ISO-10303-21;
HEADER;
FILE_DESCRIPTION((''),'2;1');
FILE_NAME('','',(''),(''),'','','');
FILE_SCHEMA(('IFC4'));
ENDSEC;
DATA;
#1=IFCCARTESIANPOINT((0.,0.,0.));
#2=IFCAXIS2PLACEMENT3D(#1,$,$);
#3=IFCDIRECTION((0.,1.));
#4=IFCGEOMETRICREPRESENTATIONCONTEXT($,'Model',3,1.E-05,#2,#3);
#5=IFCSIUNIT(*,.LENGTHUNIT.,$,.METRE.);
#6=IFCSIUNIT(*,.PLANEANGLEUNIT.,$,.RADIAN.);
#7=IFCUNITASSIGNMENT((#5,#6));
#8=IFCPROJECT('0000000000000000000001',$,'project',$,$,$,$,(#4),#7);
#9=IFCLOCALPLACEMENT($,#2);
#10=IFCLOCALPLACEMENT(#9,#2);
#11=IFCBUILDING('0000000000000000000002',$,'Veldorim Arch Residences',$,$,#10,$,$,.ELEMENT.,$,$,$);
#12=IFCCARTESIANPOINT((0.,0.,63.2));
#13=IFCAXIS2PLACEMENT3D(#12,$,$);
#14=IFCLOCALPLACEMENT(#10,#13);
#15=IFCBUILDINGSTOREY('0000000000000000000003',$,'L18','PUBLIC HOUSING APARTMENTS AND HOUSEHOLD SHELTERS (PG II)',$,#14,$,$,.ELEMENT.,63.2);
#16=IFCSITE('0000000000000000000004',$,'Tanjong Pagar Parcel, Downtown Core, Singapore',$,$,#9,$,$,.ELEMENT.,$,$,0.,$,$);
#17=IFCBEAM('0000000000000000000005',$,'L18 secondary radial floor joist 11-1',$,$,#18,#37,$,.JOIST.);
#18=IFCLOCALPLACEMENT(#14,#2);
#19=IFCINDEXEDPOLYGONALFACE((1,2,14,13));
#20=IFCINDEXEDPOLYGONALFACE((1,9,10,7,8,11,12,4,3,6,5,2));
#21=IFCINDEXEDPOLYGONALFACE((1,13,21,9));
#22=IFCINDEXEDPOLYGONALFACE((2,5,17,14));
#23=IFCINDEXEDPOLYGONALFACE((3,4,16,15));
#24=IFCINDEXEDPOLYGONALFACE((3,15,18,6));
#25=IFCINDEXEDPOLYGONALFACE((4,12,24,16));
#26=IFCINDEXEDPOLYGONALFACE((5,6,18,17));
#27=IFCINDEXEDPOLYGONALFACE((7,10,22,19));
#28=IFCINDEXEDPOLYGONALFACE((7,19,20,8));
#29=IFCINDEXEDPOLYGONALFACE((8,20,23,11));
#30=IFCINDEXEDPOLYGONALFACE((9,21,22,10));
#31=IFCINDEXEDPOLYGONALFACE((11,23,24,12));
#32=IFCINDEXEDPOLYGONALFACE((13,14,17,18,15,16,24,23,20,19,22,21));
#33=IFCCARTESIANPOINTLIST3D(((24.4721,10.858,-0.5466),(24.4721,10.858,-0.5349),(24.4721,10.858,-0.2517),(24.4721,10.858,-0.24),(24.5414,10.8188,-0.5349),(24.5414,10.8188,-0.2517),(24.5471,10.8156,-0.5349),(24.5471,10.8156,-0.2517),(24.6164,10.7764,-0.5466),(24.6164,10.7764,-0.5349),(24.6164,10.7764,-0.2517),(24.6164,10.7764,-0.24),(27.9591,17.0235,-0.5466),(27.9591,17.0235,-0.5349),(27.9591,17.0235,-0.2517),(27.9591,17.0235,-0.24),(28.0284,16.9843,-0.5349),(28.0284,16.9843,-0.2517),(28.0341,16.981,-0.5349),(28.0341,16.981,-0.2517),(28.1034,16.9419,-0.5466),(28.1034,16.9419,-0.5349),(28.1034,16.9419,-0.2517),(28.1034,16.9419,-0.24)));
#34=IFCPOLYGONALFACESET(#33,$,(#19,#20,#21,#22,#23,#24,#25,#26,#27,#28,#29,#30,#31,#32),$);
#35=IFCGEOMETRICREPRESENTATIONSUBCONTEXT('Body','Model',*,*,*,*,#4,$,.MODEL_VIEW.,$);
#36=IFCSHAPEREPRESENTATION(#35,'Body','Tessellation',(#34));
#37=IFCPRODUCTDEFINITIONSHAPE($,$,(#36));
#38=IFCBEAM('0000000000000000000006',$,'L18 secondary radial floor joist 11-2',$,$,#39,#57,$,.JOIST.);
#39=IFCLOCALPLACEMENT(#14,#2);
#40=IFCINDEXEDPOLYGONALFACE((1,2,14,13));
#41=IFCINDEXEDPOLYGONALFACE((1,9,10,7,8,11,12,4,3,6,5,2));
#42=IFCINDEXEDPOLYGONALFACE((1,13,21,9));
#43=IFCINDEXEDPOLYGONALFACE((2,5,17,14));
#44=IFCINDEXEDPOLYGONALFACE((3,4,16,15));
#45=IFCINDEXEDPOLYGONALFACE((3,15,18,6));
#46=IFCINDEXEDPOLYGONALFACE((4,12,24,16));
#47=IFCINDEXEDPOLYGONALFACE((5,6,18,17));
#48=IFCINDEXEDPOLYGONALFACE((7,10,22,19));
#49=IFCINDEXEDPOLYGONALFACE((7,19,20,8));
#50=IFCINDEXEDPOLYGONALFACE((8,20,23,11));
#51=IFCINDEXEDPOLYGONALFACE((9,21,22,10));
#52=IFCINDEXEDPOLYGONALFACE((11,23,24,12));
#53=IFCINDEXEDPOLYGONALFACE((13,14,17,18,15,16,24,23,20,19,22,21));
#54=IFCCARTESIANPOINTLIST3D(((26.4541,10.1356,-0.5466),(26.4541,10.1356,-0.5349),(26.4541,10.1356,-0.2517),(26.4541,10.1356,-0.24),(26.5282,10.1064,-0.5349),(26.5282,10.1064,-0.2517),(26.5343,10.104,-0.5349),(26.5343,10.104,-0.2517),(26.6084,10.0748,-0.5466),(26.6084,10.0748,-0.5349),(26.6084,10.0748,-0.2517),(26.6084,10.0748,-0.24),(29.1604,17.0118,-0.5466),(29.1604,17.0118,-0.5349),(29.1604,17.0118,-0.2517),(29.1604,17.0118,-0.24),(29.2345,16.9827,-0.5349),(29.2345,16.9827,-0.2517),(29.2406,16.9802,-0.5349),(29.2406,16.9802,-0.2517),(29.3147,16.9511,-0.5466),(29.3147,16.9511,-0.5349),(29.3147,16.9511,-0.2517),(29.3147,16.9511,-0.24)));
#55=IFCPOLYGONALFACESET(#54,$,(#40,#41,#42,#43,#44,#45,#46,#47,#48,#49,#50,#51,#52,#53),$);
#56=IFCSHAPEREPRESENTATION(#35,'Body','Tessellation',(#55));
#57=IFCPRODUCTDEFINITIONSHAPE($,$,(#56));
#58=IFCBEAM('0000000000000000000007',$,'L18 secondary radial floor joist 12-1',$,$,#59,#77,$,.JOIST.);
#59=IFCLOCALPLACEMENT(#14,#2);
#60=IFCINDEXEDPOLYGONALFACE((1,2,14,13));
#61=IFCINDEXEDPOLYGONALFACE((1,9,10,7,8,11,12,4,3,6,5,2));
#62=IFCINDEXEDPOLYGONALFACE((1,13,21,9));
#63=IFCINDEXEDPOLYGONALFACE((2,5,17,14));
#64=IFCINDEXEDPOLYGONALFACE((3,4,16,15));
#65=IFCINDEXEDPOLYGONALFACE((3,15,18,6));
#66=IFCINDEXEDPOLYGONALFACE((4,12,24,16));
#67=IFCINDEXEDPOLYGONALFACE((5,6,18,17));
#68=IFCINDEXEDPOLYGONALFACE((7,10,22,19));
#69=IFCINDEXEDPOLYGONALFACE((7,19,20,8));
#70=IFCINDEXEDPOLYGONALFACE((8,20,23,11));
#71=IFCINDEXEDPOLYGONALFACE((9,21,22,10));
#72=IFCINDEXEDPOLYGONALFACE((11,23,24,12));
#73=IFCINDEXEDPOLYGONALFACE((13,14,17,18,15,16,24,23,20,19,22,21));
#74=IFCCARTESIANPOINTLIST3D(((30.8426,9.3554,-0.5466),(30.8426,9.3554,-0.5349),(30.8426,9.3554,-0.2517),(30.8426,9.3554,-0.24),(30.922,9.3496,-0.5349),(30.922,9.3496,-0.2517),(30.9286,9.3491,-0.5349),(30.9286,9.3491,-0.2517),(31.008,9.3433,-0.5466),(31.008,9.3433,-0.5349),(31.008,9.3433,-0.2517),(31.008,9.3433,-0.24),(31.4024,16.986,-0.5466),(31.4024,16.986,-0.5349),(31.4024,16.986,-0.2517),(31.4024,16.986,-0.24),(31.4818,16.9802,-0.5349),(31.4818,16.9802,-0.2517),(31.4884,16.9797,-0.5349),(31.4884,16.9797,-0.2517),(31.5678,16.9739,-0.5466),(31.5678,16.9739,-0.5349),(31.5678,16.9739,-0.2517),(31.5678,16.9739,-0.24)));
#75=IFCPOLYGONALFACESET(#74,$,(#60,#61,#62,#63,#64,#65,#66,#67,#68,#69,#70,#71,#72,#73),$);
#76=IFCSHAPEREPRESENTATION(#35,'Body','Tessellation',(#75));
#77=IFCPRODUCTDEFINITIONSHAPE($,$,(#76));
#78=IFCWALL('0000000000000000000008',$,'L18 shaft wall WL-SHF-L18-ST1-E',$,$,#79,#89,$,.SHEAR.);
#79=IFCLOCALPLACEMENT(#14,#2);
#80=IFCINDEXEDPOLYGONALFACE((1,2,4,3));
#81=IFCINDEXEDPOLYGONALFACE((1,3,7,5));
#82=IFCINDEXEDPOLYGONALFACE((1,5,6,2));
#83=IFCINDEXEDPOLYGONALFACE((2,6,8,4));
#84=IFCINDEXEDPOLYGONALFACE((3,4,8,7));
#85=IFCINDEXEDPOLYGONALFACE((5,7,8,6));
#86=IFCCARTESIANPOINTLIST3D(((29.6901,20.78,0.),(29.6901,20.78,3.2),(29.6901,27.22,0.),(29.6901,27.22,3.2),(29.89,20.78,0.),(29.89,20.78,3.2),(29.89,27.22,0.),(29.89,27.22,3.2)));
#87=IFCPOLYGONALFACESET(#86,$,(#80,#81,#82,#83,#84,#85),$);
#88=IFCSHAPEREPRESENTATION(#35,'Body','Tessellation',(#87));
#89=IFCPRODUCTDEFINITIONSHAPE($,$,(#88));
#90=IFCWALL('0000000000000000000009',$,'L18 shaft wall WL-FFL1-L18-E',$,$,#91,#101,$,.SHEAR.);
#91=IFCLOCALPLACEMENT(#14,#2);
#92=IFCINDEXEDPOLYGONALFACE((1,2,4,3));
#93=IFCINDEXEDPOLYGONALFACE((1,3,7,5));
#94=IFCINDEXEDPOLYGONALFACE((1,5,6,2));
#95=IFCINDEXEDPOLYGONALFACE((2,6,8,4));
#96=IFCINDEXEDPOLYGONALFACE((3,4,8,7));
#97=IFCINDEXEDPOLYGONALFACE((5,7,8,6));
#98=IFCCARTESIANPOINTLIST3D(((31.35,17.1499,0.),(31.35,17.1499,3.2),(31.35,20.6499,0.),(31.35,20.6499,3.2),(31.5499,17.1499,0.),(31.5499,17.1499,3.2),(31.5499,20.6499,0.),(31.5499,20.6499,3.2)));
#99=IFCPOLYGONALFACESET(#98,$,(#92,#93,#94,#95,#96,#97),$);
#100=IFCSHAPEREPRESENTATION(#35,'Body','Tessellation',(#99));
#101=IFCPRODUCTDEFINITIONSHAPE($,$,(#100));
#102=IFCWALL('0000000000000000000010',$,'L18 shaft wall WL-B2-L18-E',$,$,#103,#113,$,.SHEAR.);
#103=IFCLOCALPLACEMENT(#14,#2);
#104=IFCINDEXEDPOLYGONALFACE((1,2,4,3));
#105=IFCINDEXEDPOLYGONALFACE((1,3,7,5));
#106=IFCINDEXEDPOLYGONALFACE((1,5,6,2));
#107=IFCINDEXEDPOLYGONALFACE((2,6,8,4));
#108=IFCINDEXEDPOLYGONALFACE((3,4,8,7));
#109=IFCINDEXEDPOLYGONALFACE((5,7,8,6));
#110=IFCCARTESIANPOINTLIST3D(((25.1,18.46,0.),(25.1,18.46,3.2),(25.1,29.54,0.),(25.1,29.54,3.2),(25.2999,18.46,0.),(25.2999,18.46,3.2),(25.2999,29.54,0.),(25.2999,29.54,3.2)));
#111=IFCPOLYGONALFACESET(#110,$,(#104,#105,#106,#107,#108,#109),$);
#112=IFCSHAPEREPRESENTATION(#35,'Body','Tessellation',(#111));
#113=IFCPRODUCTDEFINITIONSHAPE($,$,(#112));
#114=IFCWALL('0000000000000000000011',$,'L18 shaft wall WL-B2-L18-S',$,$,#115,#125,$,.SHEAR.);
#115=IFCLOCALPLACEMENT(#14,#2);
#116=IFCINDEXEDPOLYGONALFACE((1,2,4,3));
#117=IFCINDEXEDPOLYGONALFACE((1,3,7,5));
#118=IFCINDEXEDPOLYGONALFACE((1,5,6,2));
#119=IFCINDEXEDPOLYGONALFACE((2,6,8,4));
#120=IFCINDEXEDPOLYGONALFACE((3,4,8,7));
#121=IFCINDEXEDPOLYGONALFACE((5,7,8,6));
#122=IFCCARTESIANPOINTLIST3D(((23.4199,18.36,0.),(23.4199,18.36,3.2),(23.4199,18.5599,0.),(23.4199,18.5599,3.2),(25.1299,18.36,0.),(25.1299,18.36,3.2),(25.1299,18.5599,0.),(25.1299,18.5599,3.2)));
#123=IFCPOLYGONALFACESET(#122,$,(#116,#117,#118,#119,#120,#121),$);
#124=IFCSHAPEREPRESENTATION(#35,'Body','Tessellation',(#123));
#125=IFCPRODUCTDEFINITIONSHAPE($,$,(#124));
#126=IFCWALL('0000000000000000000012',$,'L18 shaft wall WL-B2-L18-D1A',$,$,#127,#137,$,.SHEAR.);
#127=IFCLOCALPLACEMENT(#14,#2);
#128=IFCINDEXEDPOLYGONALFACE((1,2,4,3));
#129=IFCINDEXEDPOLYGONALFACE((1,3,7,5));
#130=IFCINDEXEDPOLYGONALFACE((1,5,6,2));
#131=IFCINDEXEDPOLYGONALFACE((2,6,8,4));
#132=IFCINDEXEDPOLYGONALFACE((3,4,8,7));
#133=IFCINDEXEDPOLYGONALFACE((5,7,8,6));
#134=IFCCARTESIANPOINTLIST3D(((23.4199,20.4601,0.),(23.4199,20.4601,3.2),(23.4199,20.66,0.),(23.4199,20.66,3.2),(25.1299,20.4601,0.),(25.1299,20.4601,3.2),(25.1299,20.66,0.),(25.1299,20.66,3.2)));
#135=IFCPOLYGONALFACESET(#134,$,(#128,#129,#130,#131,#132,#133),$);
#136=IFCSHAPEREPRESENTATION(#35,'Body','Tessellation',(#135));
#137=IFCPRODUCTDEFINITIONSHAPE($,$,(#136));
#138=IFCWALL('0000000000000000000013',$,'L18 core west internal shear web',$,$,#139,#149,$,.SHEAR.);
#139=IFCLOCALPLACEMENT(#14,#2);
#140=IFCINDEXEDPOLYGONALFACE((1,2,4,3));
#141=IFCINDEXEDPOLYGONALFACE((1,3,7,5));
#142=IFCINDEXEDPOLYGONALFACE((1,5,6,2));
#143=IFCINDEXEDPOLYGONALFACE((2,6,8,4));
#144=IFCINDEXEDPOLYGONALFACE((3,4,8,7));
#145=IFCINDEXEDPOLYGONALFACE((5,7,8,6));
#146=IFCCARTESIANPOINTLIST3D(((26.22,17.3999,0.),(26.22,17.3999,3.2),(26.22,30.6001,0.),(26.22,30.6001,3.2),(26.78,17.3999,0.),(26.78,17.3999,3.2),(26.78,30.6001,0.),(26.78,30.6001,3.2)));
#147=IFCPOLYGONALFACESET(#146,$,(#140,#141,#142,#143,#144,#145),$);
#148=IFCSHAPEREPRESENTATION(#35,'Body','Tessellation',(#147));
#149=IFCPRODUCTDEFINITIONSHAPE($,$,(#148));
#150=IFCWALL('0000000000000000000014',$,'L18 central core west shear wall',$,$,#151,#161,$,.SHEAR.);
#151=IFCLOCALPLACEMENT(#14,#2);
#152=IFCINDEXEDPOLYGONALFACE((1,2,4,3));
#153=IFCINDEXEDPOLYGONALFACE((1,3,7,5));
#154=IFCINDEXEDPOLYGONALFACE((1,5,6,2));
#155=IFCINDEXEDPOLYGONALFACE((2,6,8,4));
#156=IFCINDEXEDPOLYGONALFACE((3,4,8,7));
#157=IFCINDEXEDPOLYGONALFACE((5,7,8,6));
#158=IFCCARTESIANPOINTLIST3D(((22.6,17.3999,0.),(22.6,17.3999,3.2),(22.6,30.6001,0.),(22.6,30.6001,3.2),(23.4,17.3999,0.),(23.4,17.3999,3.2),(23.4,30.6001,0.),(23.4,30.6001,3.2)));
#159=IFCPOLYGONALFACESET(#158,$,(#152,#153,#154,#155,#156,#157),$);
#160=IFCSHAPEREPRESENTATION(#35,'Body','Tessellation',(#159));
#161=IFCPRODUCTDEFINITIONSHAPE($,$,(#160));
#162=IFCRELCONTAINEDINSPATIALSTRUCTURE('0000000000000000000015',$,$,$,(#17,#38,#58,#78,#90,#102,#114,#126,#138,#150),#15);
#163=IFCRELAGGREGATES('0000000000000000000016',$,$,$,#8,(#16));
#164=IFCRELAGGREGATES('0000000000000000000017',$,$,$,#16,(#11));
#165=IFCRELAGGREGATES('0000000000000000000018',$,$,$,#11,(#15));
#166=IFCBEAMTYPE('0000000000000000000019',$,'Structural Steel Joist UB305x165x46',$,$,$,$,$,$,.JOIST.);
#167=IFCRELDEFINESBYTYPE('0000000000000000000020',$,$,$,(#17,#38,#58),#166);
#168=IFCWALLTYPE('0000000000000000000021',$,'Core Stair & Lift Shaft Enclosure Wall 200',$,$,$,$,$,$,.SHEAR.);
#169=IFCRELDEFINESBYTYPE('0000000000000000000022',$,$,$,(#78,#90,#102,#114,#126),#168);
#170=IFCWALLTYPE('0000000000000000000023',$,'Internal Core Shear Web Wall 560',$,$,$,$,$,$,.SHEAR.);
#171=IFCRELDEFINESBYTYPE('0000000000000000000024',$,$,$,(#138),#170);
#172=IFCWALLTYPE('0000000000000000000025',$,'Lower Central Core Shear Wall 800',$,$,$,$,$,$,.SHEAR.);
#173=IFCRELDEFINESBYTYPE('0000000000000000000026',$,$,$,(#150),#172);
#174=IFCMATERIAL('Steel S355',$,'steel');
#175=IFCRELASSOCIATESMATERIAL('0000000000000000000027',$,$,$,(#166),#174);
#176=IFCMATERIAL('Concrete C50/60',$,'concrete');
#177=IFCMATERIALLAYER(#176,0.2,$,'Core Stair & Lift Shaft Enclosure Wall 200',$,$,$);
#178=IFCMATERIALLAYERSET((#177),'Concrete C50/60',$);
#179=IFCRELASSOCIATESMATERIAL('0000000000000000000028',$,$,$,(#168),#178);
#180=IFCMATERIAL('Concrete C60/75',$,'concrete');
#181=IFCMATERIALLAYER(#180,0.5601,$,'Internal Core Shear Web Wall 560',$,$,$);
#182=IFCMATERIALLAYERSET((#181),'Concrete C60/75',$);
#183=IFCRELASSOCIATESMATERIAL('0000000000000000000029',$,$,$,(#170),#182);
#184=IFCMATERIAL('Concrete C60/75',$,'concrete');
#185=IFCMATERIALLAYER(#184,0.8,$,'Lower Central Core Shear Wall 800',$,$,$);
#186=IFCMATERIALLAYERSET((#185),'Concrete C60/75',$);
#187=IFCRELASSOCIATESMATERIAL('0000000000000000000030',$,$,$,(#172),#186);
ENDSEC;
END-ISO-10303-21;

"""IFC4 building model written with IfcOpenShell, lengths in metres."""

from ifc_helpers import new_model, si_unit, direction, frame, frame_2d, origin, origin_2d, place, context, subcontext, project, spatial, rectangle, i_section, extrude, material, layer, layer_set, material_profile, profile_set, type_object, element, save


model = new_model("IFC4")

# Units and contexts
model_context = context("Model", 3, precision=1e-05, world=origin(), true_north=direction((0.0, 1.0)))
body_context = subcontext(model_context, "Body", "Model", "MODEL_VIEW")
ifc_project = project(units=[si_unit("LENGTHUNIT", "METRE"), si_unit("PLANEANGLEUNIT", "RADIAN")], contexts=[model_context])

# Site, building, storey
site_placement = place(None, origin())
site = spatial("IfcSite", under=ifc_project, at=site_placement, Name="Tanjong Pagar Parcel, Downtown Core, Singapore", CompositionType="ELEMENT", RefElevation=0.0)
building_placement = place(site_placement, origin())
building = spatial("IfcBuilding", under=site, at=building_placement, Name="Veldorim Arch Residences", CompositionType="ELEMENT")
storey_placement = place(building_placement, frame((0.0, 0.0, 63.2)))
storey = spatial("IfcBuildingStorey", under=building, at=storey_placement, Name="L18", Description="PUBLIC HOUSING APARTMENTS AND HOUSEHOLD SHELTERS (PG II)", CompositionType="ELEMENT", Elevation=63.2)

# Beams
ifc_material_1 = material(Name="Steel S355", Category="steel")
ifc_material_profile_1 = material_profile(ifc_material_1, i_section(OverallWidth=0.1658, OverallDepth=0.3066, WebThickness=0.0066, FlangeThickness=0.0117, at=origin_2d()), Name="UB305x165x46")
ifc_profile_set_1 = profile_set([ifc_material_profile_1], Name="Steel S355")
beam_type_1 = type_object("IfcBeamType", Name="Structural Steel Joist UB305x165x46", PredefinedType="JOIST", material=ifc_profile_set_1)
beam_1_placement = place(storey_placement, frame((28.0312, 16.9827, -0.3933), z_axis=(-0.492292, -0.87043, 0.0), x_axis=(0.87043, -0.492292, 0.0)))
element("IfcBeam", 1, at=beam_1_placement, inside=storey, type_object=beam_type_1, Name="L18 secondary radial floor joist 11-1", PredefinedType="JOIST", context=body_context, shape_type="SweptSolid", body=[
    extrude(i_section(OverallWidth=0.1658, OverallDepth=0.3066, WebThickness=0.0066, FlangeThickness=0.0117, at=origin_2d()), origin(), (0.0, 0.0, 1.0), 7.0833),
])
beam_2_placement = place(storey_placement, frame((29.2375, 16.9814, -0.3933), z_axis=(-0.36623, -0.930524, 0.0), x_axis=(0.930524, -0.36623, 0.0)))
element("IfcBeam", 2, at=beam_2_placement, inside=storey, type_object=beam_type_1, Name="L18 secondary radial floor joist 11-2", PredefinedType="JOIST", context=body_context, shape_type="SweptSolid", body=[
    extrude(i_section(OverallWidth=0.1658, OverallDepth=0.3066, WebThickness=0.0066, FlangeThickness=0.0117, at=origin_2d()), origin(), (0.0, 0.0, 1.0), 7.3896),
])
beam_3_placement = place(storey_placement, frame((31.4851, 16.98, -0.3933), z_axis=(-0.073168, -0.99732, 0.0), x_axis=(0.99732, -0.073168, 0.0)))
element("IfcBeam", 3, at=beam_3_placement, inside=storey, type_object=beam_type_1, Name="L18 secondary radial floor joist 12-1", PredefinedType="JOIST", context=body_context, shape_type="SweptSolid", body=[
    extrude(i_section(OverallWidth=0.1658, OverallDepth=0.3066, WebThickness=0.0066, FlangeThickness=0.0117, at=origin_2d()), origin(), (0.0, 0.0, 1.0), 7.6511),
])

# Wall
ifc_material_2 = material(Name="Concrete C50/60", Category="concrete")
ifc_layer_1 = layer(ifc_material_2, 0.2, Name="Core Stair & Lift Shaft Enclosure Wall 200")
ifc_layer_set_1 = layer_set([ifc_layer_1], Name="Concrete C50/60")
wall_type_1 = type_object("IfcWallType", Name="Core Stair & Lift Shaft Enclosure Wall 200", PredefinedType="SHEAR", material=ifc_layer_set_1)
wall_1_placement = place(storey_placement, frame((29.79, 20.78, 0.0), z_axis=(0.0, 0.0, 1.0), x_axis=(0.0, 1.0, 0.0)))
element("IfcWall", 4, at=wall_1_placement, inside=storey, type_object=wall_type_1, Name="L18 shaft wall WL-SHF-L18-ST1-E", PredefinedType="SHEAR", context=body_context, shape_type="SweptSolid", body=[
    extrude(rectangle(XDim=6.4399, YDim=0.2, at=frame_2d((3.22, 0.0))), origin(), (0.0, 0.0, 1.0), 3.2),
])

# Wall
wall_2_placement = place(storey_placement, frame((31.45, 17.1499, 0.0), z_axis=(0.0, 0.0, 1.0), x_axis=(0.0, 1.0, 0.0)))
element("IfcWall", 5, at=wall_2_placement, inside=storey, type_object=wall_type_1, Name="L18 shaft wall WL-FFL1-L18-E", PredefinedType="SHEAR", context=body_context, shape_type="SweptSolid", body=[
    extrude(rectangle(XDim=3.5, YDim=0.2, at=frame_2d((1.75, 0.0))), origin(), (0.0, 0.0, 1.0), 3.2),
])

# Walls
wall_3_placement = place(storey_placement, frame((25.2, 18.46, 0.0), z_axis=(0.0, 0.0, 1.0), x_axis=(0.0, 1.0, 0.0)))
element("IfcWall", 6, at=wall_3_placement, inside=storey, type_object=wall_type_1, Name="L18 shaft wall WL-B2-L18-E", PredefinedType="SHEAR", context=body_context, shape_type="SweptSolid", body=[
    extrude(rectangle(XDim=11.0801, YDim=0.2, at=frame_2d((5.54, 0.0))), origin(), (0.0, 0.0, 1.0), 3.2),
])
for number, where, z_axis, x_axis, name in (
    (7, (23.4199, 18.46, 0.0), (0.0, 0.0, 1.0), (1.0, 0.0, 0.0), "L18 shaft wall WL-B2-L18-S"),
    (8, (23.4199, 20.5601, 0.0), (0.0, 0.0, 1.0), (1.0, 0.0, 0.0), "L18 shaft wall WL-B2-L18-D1A"),
):
    element("IfcWall", number, at=place(storey_placement, frame(where, z_axis=z_axis, x_axis=x_axis)), inside=storey, type_object=wall_type_1, Name=name, PredefinedType="SHEAR", context=body_context, shape_type="SweptSolid", body=[
        extrude(rectangle(XDim=1.71, YDim=0.2, at=frame_2d((0.855, 0.0))), origin(), (0.0, 0.0, 1.0), 3.2),
    ])
ifc_material_3 = material(Name="Concrete C60/75", Category="concrete")
ifc_layer_2 = layer(ifc_material_3, 0.5601, Name="Internal Core Shear Web Wall 560")
ifc_layer_set_2 = layer_set([ifc_layer_2], Name="Concrete C60/75")
wall_type_2 = type_object("IfcWallType", Name="Internal Core Shear Web Wall 560", PredefinedType="SHEAR", material=ifc_layer_set_2)
wall_4_placement = place(storey_placement, frame((26.5, 17.3999, 0.0), z_axis=(0.0, 0.0, 1.0), x_axis=(0.0, 1.0, 0.0)))
element("IfcWall", 9, at=wall_4_placement, inside=storey, type_object=wall_type_2, Name="L18 core west internal shear web", PredefinedType="SHEAR", context=body_context, shape_type="SweptSolid", body=[
    extrude(rectangle(XDim=13.2002, YDim=0.5601, at=frame_2d((6.6001, 0.0))), origin(), (0.0, 0.0, 1.0), 3.2),
])
ifc_material_4 = material(Name="Concrete C60/75", Category="concrete")
ifc_layer_3 = layer(ifc_material_4, 0.8, Name="Lower Central Core Shear Wall 800")
ifc_layer_set_3 = layer_set([ifc_layer_3], Name="Concrete C60/75")
wall_type_3 = type_object("IfcWallType", Name="Lower Central Core Shear Wall 800", PredefinedType="SHEAR", material=ifc_layer_set_3)
wall_5_placement = place(storey_placement, frame((23.0, 17.3999, 0.0), z_axis=(0.0, 0.0, 1.0), x_axis=(0.0, 1.0, 0.0)))
element("IfcWall", 10, at=wall_5_placement, inside=storey, type_object=wall_type_3, Name="L18 central core west shear wall", PredefinedType="SHEAR", context=body_context, shape_type="SweptSolid", body=[
    extrude(rectangle(XDim=13.2002, YDim=0.8, at=frame_2d((6.6001, 0.0))), origin(), (0.0, 0.0, 1.0), 3.2),
])

save(model, "model.ifc")
